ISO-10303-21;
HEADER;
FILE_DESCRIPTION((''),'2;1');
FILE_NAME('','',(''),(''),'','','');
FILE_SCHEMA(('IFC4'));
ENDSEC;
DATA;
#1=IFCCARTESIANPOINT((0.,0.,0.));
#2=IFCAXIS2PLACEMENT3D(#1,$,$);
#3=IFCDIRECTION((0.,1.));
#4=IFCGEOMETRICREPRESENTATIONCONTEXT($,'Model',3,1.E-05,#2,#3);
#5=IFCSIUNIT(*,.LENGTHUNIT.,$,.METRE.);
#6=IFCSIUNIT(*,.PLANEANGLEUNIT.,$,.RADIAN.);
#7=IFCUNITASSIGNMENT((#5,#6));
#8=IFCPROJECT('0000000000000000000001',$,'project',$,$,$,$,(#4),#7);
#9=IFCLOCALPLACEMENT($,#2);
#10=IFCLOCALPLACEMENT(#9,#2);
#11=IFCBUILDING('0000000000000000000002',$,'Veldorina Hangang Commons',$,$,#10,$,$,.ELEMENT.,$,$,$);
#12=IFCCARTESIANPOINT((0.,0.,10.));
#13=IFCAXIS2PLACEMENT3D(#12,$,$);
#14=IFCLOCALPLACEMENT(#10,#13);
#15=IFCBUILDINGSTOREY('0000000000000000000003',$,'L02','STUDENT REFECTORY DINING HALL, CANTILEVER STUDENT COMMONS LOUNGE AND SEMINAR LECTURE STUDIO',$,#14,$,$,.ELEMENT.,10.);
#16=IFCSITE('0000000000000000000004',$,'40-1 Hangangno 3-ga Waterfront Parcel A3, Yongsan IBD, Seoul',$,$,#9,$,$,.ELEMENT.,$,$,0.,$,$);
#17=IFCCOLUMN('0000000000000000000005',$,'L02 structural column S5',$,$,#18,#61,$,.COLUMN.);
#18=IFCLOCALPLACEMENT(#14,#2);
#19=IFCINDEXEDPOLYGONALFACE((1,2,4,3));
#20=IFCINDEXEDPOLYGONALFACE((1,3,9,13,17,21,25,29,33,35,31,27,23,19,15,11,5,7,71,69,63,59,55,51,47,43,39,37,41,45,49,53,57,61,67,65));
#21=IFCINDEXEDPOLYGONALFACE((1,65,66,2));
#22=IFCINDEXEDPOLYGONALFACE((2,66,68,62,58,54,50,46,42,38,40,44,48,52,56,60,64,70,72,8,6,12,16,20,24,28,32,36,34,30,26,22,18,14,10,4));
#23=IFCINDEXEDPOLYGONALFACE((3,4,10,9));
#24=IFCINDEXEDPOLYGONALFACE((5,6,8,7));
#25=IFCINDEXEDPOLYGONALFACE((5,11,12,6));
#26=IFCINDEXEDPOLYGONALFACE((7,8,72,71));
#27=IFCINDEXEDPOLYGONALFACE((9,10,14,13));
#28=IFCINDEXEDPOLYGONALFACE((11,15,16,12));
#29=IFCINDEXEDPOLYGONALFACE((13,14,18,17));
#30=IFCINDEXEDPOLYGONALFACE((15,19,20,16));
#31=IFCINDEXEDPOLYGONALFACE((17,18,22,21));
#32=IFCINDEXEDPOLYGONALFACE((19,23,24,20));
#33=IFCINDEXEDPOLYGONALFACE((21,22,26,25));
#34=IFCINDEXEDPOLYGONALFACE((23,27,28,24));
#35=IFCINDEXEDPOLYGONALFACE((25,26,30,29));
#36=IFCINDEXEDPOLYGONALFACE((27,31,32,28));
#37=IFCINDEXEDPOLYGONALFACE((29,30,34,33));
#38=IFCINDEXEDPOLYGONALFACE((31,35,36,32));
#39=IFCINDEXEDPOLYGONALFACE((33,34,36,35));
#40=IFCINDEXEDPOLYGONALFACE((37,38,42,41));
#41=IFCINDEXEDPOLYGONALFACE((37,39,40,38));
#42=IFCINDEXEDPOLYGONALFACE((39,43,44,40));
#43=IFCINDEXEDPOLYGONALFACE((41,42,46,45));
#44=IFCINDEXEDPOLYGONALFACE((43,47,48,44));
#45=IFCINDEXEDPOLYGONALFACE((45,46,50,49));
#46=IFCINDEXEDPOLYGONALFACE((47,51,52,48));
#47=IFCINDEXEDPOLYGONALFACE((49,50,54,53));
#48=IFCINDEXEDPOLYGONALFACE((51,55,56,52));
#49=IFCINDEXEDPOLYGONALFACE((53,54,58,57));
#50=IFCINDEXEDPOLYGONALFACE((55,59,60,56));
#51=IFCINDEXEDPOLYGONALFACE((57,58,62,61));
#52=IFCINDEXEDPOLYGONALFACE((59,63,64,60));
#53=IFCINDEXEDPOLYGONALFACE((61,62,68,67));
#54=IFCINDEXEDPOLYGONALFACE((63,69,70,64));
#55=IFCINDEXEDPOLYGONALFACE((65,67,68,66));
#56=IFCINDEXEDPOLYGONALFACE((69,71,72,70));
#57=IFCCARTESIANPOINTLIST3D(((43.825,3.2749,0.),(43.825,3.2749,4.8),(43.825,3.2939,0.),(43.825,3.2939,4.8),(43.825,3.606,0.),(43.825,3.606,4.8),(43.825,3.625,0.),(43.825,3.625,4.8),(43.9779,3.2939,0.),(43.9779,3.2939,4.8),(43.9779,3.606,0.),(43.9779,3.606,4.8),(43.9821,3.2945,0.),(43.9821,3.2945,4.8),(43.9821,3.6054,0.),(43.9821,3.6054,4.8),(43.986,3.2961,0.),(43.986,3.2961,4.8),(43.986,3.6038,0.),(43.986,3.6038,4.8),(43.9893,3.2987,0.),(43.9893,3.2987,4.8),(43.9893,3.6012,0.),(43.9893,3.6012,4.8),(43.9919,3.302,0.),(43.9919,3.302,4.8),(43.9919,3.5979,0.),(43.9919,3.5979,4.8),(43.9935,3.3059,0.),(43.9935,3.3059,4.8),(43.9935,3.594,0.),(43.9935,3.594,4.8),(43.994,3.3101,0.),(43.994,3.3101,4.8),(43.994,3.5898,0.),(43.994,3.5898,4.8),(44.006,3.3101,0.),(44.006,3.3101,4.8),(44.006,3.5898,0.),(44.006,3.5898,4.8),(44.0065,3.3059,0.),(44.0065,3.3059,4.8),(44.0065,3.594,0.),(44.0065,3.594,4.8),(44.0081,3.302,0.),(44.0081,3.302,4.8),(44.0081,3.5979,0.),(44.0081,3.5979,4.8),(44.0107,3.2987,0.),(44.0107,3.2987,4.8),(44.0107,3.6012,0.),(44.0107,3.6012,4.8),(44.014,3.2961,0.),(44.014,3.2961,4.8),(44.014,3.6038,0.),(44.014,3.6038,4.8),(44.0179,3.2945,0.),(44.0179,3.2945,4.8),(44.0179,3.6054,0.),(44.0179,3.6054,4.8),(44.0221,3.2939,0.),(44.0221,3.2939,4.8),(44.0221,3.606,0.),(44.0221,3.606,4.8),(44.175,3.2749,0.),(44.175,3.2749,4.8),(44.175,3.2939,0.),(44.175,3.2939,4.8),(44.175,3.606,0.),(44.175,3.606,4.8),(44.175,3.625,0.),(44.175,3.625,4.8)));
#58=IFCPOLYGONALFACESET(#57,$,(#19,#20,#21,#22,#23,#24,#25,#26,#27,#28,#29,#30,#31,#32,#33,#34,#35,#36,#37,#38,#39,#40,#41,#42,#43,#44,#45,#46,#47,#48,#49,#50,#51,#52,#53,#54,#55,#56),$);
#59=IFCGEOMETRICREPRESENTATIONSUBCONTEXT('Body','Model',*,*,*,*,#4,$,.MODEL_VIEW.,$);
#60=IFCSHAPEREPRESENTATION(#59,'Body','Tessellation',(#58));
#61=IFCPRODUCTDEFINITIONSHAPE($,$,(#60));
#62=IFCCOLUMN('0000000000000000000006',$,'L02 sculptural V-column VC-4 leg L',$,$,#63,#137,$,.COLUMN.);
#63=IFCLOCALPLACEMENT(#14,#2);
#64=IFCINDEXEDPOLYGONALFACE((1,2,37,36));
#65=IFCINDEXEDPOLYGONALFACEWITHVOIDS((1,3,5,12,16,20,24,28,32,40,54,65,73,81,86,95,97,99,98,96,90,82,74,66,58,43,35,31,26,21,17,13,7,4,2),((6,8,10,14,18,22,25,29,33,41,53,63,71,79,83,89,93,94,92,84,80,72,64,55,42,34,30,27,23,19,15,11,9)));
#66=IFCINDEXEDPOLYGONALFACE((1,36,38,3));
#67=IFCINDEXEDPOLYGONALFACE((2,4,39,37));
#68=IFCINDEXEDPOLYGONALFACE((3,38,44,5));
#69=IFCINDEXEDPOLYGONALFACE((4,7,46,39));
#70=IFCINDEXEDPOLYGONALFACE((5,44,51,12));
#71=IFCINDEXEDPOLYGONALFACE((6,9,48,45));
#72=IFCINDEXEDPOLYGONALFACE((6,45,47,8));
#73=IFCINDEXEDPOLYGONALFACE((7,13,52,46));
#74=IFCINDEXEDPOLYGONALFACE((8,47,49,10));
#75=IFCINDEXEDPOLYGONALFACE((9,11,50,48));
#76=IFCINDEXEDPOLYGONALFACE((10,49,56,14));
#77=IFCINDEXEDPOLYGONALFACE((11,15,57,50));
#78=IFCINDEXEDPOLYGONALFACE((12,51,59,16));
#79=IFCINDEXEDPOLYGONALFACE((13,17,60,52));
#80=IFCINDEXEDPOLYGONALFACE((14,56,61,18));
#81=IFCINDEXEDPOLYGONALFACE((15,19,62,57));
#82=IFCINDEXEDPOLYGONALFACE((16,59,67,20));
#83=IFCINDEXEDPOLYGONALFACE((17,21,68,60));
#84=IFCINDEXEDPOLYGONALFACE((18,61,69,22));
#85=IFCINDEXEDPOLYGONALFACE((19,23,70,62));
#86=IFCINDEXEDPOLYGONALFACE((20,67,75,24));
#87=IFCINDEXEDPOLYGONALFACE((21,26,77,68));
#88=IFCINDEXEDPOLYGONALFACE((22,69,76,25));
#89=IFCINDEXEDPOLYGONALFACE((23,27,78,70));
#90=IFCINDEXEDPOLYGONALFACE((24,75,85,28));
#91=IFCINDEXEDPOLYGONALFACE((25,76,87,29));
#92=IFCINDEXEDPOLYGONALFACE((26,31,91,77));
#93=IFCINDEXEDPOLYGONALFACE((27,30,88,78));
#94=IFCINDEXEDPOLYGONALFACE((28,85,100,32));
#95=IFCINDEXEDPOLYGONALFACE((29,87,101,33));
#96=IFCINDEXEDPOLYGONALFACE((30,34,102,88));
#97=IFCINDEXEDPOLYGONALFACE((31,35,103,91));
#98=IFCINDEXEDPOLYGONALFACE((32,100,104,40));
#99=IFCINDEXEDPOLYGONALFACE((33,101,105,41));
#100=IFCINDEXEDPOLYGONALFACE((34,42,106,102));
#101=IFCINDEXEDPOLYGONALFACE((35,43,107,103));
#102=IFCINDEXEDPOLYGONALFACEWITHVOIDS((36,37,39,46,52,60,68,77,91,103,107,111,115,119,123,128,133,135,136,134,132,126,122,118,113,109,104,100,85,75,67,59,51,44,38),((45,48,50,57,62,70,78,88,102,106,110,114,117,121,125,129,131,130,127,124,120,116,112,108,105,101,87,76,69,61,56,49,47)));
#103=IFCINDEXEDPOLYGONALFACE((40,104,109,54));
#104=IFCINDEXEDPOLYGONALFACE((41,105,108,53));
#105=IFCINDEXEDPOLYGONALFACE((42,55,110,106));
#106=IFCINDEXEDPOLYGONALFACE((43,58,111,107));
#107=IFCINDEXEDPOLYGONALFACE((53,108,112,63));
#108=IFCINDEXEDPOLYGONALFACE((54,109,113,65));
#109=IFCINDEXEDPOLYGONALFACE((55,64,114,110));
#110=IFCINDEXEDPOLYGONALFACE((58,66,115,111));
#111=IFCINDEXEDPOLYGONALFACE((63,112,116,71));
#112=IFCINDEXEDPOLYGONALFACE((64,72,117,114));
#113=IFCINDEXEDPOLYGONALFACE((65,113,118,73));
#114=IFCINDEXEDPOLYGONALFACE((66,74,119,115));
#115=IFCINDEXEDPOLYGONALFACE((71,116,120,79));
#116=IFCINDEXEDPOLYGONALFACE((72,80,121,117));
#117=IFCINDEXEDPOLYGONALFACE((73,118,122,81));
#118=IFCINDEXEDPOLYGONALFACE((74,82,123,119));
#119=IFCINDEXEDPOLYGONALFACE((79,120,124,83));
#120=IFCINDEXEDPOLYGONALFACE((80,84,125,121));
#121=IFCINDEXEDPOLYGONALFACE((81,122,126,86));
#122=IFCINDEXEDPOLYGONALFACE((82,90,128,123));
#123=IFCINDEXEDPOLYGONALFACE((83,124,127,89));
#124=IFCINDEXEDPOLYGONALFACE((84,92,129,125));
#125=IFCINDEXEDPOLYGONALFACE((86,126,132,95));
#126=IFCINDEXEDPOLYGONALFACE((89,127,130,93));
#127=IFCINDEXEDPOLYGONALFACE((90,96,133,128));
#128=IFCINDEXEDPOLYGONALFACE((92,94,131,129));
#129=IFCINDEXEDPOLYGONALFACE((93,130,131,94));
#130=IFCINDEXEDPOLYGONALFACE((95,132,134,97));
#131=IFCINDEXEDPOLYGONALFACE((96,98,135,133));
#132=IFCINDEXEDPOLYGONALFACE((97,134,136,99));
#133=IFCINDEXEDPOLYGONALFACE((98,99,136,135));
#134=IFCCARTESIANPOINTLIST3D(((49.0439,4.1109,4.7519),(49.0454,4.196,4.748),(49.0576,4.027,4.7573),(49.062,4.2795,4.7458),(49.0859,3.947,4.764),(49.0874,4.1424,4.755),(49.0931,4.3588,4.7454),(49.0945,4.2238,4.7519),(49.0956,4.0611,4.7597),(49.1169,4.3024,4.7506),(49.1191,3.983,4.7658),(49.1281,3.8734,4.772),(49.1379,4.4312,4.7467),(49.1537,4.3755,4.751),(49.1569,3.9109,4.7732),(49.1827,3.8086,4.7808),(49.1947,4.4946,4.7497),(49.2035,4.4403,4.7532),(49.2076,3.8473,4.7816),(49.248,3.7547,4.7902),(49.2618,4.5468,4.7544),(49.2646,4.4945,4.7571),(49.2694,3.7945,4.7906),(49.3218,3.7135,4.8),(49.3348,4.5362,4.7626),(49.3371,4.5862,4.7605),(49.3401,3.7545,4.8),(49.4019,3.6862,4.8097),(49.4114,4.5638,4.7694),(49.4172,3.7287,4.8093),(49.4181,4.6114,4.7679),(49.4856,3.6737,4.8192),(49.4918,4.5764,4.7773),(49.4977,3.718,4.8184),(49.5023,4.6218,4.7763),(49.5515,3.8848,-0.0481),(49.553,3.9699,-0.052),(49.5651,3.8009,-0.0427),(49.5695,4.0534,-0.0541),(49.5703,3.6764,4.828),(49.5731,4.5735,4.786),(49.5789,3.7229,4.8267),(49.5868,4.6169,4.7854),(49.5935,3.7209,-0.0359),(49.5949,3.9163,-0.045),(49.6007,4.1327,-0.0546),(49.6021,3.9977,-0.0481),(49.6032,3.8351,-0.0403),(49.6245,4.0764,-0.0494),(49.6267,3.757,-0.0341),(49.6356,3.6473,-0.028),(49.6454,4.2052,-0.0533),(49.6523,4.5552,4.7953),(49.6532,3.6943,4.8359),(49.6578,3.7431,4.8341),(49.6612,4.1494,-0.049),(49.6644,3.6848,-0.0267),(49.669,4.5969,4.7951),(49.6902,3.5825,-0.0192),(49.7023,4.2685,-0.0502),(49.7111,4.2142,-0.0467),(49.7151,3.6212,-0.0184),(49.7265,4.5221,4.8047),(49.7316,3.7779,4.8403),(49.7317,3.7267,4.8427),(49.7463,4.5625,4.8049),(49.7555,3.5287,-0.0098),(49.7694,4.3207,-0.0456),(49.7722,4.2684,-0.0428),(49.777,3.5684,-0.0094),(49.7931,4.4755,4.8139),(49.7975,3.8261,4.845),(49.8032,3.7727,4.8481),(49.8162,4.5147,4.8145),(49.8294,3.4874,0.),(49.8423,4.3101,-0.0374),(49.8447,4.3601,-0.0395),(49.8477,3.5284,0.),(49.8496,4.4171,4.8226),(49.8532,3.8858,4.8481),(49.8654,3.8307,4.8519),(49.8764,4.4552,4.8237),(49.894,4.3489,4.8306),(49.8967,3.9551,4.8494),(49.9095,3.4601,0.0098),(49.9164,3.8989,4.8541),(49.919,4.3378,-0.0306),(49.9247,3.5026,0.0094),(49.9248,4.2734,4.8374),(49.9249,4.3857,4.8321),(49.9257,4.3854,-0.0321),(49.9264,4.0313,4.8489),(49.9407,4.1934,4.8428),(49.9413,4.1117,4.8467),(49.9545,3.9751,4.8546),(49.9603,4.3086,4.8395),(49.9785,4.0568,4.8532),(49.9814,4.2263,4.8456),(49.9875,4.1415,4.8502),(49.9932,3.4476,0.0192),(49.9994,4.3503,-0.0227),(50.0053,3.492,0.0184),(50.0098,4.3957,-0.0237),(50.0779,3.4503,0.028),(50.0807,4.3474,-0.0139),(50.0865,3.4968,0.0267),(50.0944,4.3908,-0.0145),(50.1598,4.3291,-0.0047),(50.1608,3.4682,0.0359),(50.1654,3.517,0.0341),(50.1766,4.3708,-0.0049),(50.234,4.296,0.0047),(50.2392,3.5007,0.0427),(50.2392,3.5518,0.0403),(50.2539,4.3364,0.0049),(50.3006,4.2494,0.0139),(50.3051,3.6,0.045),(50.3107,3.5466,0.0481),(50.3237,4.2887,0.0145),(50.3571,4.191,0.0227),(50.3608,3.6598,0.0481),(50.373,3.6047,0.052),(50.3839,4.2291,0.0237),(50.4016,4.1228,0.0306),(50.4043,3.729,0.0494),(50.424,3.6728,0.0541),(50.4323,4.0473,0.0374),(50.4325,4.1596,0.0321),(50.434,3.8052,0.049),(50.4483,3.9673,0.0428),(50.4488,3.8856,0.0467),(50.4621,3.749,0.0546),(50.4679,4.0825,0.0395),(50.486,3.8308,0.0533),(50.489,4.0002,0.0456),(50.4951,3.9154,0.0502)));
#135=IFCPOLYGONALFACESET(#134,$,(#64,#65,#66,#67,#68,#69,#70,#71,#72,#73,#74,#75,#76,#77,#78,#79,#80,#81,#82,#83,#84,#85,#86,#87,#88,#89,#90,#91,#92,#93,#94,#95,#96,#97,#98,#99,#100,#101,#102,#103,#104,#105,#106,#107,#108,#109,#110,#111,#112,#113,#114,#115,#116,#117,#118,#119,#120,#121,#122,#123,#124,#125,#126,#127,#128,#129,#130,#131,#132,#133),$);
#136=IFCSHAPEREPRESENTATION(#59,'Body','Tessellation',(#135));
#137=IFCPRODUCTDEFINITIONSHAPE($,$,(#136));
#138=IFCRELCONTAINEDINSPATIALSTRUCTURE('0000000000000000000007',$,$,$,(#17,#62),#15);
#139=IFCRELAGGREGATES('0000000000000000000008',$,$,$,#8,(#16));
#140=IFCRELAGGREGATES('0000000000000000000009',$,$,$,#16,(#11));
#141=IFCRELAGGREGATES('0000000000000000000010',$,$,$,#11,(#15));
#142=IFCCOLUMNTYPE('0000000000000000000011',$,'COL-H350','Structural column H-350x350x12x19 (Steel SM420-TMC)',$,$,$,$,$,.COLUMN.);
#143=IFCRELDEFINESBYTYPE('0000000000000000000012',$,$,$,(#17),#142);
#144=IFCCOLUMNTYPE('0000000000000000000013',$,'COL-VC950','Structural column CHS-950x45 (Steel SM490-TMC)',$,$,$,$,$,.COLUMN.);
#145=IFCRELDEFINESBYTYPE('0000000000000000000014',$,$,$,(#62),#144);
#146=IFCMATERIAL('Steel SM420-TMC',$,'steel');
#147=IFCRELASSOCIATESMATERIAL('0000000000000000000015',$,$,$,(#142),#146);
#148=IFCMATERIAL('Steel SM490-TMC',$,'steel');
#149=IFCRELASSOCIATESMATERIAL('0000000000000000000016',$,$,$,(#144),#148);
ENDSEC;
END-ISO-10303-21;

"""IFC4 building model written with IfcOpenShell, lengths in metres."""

from ifc_helpers import new_model, si_unit, direction, frame, origin, origin_2d, place, context, subcontext, project, spatial, hollow_circle, i_section, extrude, material, material_profile, profile_set, type_object, element, save


model = new_model("IFC4")

# Units and contexts
model_context = context("Model", 3, precision=1e-05, world=origin(), true_north=direction((0.0, 1.0)))
body_context = subcontext(model_context, "Body", "Model", "MODEL_VIEW")
ifc_project = project(units=[si_unit("LENGTHUNIT", "METRE"), si_unit("PLANEANGLEUNIT", "RADIAN")], contexts=[model_context])

# Site, building, storey
site_placement = place(None, origin())
site = spatial("IfcSite", under=ifc_project, at=site_placement, Name="40-1 Hangangno 3-ga Waterfront Parcel A3, Yongsan IBD, Seoul", CompositionType="ELEMENT", RefElevation=0.0)
building_placement = place(site_placement, origin())
building = spatial("IfcBuilding", under=site, at=building_placement, Name="Veldorina Hangang Commons", CompositionType="ELEMENT")
storey_placement = place(building_placement, frame((0.0, 0.0, 10.0)))
storey = spatial("IfcBuildingStorey", under=building, at=storey_placement, Name="L02", Description="STUDENT REFECTORY DINING HALL, CANTILEVER STUDENT COMMONS LOUNGE AND SEMINAR LECTURE STUDIO", CompositionType="ELEMENT", Elevation=10.0)

# Columns
ifc_material_1 = material(Name="Steel SM420-TMC", Category="steel")
ifc_material_profile_1 = material_profile(ifc_material_1, i_section(OverallWidth=0.3501, OverallDepth=0.3501, WebThickness=0.012, FlangeThickness=0.019, FilletRadius=0.0161, at=origin_2d()), Name="H-350x350x12x19")
ifc_profile_set_1 = profile_set([ifc_material_profile_1], Name="Steel SM420-TMC")
column_type_1 = type_object("IfcColumnType", Name="COL-H350", Description="Structural column H-350x350x12x19 (Steel SM420-TMC)", PredefinedType="COLUMN", material=ifc_profile_set_1)
column_placement = place(storey_placement, frame((44.0, 3.45, 0.0), z_axis=(0.0, 0.0, 1.0), x_axis=(1.0, 0.0, 0.0)))
element("IfcColumn", 1, at=column_placement, inside=storey, type_object=column_type_1, Name="L02 structural column S5", PredefinedType="COLUMN", context=body_context, shape_type="SweptSolid", body=[
    extrude(i_section(OverallWidth=0.3501, OverallDepth=0.3501, WebThickness=0.012, FlangeThickness=0.019, FilletRadius=0.0161, at=origin_2d()), origin(), (0.0, 0.0, 1.0), 4.8),
])
ifc_material_2 = material(Name="Steel SM490-TMC", Category="steel")
ifc_material_profile_2 = material_profile(ifc_material_2, hollow_circle(Radius=0.4751, WallThickness=0.0449, at=origin_2d()), Name="CHS-950x45")
ifc_profile_set_2 = profile_set([ifc_material_profile_2], Name="Steel SM490-TMC")
column_type_2 = type_object("IfcColumnType", Name="COL-VC950", Description="Structural column CHS-950x45 (Steel SM490-TMC)", PredefinedType="COLUMN", material=ifc_profile_set_2)
for number, where, z_axis, x_axis, name in (
    (2, (50.0227, 3.9214, 0.0), (-0.105041, 0.046786, 0.993367), (-0.406872, -0.913485, 0.0), "L02 sculptural V-column VC-4 leg L"),
):
    element("IfcColumn", number, at=place(storey_placement, frame(where, z_axis=z_axis, x_axis=x_axis)), inside=storey, type_object=column_type_2, Name=name, PredefinedType="COLUMN", context=body_context, shape_type="SweptSolid", body=[
        extrude(hollow_circle(Radius=0.4751, WallThickness=0.0449, at=origin_2d()), origin(), (0.0, 0.0, 1.0), 4.832),
    ])

save(model, "model.ifc")
